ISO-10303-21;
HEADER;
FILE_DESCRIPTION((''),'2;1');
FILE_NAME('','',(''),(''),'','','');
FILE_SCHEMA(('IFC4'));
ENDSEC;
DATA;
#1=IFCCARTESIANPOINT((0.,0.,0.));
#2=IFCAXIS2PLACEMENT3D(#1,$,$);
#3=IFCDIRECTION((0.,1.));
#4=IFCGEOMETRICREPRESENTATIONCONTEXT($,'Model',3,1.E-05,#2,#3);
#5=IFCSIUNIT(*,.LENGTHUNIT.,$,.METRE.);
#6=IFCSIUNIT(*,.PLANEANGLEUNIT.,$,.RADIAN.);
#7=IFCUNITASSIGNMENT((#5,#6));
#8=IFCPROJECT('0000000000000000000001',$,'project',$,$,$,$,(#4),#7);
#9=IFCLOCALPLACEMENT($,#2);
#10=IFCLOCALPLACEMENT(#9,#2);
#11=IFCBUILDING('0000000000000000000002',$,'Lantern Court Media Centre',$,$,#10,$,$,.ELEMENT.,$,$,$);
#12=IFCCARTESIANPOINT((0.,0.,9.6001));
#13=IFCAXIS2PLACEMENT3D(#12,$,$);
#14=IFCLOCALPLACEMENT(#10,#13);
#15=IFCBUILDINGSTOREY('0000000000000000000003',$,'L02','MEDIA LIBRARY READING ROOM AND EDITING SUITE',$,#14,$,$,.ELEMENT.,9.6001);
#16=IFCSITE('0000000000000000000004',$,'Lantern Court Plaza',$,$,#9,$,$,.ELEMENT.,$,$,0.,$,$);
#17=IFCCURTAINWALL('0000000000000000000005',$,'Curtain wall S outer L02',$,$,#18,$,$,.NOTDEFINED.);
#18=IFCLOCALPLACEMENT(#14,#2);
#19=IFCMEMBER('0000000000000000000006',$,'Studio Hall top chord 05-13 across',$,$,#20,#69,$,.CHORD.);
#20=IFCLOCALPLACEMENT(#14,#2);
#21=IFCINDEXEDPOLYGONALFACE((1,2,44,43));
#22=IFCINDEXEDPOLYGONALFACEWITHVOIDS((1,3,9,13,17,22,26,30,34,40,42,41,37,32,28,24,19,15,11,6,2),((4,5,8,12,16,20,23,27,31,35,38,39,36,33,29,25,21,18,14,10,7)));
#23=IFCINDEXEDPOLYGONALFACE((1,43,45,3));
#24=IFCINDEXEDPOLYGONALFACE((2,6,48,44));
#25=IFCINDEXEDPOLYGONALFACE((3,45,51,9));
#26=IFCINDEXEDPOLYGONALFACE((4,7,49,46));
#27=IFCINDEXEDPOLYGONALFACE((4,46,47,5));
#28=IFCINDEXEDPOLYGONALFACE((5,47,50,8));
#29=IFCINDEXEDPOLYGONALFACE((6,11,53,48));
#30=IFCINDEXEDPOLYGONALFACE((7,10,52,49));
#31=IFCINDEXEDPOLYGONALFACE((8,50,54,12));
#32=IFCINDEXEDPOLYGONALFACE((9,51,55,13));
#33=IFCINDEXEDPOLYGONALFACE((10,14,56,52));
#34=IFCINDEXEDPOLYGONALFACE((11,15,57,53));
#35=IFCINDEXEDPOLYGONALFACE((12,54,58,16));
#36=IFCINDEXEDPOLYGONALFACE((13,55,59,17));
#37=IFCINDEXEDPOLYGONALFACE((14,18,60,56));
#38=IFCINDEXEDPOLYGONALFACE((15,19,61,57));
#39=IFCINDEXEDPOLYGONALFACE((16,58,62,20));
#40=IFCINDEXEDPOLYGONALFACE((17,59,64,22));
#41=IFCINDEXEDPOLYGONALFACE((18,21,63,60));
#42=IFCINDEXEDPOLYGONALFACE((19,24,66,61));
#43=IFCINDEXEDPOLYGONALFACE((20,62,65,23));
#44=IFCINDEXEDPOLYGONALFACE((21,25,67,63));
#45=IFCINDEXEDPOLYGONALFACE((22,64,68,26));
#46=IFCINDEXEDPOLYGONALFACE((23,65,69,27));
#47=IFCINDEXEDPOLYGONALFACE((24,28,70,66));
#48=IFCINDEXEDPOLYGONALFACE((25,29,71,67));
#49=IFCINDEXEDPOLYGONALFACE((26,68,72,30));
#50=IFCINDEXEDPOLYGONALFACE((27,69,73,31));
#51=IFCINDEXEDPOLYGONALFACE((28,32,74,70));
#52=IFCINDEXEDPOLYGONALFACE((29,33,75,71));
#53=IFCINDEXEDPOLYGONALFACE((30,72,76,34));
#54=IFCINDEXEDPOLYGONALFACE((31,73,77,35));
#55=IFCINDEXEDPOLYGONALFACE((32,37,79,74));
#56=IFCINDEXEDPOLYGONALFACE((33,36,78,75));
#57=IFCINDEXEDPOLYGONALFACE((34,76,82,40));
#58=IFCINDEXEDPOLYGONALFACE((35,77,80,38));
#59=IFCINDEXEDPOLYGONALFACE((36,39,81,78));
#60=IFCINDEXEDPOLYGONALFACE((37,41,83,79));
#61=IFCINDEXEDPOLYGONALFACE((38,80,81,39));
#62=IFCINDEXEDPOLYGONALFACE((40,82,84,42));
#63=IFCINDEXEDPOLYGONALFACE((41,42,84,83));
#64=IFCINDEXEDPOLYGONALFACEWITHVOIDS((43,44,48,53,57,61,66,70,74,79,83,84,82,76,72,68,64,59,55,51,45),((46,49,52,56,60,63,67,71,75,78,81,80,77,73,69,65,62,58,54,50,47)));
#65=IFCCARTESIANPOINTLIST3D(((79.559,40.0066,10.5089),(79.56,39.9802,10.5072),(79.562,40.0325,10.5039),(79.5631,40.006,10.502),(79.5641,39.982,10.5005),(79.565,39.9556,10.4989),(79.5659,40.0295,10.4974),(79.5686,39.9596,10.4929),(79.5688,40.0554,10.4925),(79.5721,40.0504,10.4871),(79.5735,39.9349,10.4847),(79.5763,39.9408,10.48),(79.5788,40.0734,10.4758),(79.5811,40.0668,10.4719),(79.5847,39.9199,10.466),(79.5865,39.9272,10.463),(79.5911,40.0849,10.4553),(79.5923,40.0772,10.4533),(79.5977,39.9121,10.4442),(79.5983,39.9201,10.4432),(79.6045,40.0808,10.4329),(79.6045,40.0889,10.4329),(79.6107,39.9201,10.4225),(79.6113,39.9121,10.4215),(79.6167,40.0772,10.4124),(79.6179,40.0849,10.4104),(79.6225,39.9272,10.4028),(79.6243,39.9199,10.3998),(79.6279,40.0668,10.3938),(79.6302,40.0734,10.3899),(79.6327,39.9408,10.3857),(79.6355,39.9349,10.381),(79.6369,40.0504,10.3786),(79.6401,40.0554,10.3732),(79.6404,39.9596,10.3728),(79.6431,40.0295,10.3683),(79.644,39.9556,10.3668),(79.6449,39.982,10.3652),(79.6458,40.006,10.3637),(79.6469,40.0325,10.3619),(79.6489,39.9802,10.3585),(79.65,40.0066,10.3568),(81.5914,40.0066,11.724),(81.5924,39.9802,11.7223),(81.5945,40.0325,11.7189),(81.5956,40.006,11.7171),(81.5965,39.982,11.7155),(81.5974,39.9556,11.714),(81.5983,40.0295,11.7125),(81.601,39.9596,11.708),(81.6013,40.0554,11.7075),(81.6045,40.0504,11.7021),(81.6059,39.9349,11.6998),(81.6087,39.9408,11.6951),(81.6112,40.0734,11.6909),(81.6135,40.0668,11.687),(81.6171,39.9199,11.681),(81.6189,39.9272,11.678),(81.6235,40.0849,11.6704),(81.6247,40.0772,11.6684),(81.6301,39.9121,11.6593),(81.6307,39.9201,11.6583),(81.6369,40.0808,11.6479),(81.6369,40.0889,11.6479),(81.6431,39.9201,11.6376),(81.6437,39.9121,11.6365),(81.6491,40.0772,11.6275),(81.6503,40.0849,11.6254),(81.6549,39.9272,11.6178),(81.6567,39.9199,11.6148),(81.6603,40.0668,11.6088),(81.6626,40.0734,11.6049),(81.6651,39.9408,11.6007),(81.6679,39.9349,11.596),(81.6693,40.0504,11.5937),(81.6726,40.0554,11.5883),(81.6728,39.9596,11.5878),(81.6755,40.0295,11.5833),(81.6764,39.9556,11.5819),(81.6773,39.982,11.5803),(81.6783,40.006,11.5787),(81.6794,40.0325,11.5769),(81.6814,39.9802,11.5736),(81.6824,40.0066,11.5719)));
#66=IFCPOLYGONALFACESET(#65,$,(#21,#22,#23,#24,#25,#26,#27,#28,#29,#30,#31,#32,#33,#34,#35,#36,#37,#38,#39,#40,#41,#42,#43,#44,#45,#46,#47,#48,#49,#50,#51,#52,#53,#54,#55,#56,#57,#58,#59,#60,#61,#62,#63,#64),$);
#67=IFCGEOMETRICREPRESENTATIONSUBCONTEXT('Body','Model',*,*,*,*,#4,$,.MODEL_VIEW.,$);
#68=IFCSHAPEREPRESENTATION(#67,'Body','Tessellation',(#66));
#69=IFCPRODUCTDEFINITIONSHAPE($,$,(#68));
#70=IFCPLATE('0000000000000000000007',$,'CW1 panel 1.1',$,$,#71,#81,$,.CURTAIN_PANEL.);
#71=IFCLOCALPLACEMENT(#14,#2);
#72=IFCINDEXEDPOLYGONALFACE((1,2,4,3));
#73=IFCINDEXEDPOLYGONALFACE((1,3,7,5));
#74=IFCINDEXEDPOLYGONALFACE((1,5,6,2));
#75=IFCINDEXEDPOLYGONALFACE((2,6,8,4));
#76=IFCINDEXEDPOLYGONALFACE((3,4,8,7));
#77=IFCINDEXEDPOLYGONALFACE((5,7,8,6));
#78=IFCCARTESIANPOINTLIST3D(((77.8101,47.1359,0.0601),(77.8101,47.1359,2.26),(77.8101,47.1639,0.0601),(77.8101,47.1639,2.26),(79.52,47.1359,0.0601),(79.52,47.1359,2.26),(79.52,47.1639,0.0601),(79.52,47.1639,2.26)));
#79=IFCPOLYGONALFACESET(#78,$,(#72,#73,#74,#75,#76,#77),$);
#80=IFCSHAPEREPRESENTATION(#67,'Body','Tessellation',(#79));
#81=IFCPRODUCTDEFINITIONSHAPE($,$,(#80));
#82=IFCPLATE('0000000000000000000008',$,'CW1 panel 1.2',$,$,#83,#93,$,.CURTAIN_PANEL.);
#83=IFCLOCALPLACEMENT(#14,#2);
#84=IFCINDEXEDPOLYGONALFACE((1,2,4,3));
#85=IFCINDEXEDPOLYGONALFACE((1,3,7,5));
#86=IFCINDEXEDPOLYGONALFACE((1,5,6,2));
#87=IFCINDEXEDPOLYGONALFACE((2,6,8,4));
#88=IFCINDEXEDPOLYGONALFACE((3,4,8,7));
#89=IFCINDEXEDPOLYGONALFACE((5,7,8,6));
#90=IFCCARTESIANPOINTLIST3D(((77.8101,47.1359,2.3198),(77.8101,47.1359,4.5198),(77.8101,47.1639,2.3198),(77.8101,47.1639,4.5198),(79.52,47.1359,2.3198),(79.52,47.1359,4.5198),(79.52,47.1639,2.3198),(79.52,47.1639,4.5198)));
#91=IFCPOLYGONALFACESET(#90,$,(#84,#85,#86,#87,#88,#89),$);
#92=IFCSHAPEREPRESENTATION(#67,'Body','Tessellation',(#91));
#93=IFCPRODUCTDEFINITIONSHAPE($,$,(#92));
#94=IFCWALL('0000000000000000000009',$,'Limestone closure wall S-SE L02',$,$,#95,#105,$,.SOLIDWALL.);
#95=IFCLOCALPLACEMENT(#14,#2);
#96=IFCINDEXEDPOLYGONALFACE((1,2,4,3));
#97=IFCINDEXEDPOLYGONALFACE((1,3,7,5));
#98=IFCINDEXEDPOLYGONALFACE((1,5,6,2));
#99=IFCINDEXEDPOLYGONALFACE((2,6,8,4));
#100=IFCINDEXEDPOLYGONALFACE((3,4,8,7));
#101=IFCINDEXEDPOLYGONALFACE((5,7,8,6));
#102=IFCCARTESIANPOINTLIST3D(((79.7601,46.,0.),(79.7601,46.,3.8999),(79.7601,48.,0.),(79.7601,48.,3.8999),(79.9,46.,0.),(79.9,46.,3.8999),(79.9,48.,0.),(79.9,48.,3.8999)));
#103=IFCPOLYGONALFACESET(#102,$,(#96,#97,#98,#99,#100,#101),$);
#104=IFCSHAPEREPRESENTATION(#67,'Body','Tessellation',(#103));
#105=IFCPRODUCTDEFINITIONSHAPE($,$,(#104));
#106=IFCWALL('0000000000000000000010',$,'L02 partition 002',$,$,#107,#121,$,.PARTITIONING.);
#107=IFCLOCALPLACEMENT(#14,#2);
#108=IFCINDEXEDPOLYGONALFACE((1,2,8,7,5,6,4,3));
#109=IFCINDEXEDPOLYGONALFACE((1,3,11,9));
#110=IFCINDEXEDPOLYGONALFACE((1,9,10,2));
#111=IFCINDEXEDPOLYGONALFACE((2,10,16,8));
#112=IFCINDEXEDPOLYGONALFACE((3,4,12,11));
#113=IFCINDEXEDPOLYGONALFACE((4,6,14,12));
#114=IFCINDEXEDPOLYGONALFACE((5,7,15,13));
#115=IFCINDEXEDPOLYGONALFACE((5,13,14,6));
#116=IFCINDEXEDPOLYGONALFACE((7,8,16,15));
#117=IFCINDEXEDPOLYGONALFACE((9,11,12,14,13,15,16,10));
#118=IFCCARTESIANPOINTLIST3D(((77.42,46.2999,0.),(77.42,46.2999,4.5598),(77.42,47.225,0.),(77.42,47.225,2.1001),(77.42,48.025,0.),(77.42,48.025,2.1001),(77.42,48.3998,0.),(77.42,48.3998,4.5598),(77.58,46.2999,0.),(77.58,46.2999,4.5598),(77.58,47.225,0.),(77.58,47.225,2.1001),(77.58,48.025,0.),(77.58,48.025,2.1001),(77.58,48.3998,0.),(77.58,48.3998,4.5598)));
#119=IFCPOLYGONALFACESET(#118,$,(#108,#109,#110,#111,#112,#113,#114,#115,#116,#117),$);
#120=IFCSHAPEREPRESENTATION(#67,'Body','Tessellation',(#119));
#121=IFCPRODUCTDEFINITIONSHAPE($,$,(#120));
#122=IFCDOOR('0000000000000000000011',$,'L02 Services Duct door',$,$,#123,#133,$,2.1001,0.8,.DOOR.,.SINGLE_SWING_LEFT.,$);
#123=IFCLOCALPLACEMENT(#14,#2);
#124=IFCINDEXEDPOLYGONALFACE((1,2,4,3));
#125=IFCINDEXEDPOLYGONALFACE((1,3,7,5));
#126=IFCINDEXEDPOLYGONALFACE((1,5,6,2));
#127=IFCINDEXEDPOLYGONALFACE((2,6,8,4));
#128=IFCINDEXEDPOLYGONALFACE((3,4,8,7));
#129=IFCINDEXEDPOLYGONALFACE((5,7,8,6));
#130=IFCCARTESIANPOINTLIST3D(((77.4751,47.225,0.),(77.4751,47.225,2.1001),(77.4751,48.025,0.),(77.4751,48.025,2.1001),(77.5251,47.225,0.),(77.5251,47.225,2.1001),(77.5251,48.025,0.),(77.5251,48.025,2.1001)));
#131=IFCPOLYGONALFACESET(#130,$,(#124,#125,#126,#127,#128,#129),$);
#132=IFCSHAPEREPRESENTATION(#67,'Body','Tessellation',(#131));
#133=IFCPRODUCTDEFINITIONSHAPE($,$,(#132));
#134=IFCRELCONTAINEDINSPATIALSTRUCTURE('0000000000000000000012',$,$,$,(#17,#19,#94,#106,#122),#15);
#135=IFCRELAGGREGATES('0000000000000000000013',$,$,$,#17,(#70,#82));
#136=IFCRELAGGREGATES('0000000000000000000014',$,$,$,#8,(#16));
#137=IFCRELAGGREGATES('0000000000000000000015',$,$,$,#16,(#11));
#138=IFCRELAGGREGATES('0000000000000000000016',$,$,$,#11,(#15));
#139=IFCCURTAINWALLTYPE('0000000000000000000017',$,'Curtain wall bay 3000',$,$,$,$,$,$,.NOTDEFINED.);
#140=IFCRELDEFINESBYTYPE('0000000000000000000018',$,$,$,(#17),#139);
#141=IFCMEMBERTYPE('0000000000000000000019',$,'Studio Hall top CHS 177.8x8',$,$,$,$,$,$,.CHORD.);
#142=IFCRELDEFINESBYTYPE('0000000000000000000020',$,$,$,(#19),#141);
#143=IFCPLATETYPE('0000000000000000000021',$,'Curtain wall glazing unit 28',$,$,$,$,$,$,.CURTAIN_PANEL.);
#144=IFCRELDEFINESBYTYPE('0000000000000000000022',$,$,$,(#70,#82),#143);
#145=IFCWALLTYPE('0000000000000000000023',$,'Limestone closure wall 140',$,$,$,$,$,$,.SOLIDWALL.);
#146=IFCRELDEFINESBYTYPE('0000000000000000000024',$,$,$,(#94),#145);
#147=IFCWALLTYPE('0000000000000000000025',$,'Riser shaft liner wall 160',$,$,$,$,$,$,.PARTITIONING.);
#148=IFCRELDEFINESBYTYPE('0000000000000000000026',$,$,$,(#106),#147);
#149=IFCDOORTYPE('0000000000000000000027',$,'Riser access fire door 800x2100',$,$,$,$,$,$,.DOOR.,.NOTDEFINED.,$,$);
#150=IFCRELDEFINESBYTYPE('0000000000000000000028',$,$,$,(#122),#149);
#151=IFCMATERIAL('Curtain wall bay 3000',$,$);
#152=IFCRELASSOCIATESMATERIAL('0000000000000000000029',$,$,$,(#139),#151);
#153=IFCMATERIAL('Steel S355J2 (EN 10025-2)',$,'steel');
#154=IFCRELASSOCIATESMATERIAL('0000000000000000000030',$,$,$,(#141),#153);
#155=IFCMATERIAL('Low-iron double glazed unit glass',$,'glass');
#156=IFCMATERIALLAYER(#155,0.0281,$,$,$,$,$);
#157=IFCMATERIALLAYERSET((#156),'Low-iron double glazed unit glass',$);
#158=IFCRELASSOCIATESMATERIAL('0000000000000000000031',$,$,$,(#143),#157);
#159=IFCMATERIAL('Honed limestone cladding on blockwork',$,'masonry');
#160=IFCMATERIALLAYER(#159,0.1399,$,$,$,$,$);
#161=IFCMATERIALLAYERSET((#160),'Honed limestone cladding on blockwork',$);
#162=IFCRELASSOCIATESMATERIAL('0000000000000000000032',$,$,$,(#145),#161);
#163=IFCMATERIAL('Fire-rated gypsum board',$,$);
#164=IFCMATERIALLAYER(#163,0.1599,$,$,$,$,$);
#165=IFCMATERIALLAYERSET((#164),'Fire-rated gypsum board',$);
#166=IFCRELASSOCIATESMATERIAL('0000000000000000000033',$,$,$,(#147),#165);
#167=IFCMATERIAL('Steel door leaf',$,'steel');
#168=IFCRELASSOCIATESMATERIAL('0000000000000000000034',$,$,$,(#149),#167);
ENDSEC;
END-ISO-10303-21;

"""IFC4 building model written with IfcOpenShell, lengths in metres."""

from ifc_helpers import new_model, si_unit, direction, frame, frame_2d, origin, origin_2d, place, context, subcontext, project, spatial, rectangle, hollow_circle, extrude, material, layer, layer_set, material_profile, profile_set, type_object, element, fill, aggregate, save


model = new_model("IFC4")

# Units and contexts
model_context = context("Model", 3, precision=1e-05, world=origin(), true_north=direction((0.0, 1.0)))
body_context = subcontext(model_context, "Body", "Model", "MODEL_VIEW")
ifc_project = project(units=[si_unit("LENGTHUNIT", "METRE"), si_unit("PLANEANGLEUNIT", "RADIAN")], contexts=[model_context])

# Site, building, storey
site_placement = place(None, origin())
site = spatial("IfcSite", under=ifc_project, at=site_placement, Name="Lantern Court Plaza", CompositionType="ELEMENT", RefElevation=0.0)
building_placement = place(site_placement, origin())
building = spatial("IfcBuilding", under=site, at=building_placement, Name="Lantern Court Media Centre", CompositionType="ELEMENT")
storey_placement = place(building_placement, frame((0.0, 0.0, 9.6001)))
storey = spatial("IfcBuildingStorey", under=building, at=storey_placement, Name="L02", Description="MEDIA LIBRARY READING ROOM AND EDITING SUITE", CompositionType="ELEMENT", Elevation=9.6001)

# Curtain wall
ifc_material_1 = material(Name="Curtain wall bay 3000")
curtain_wall_type = type_object("IfcCurtainWallType", Name="Curtain wall bay 3000", PredefinedType="NOTDEFINED", material=ifc_material_1)
curtain_wall_placement = place(storey_placement, origin())
curtain_wall = element("IfcCurtainWall", 1, at=curtain_wall_placement, inside=storey, type_object=curtain_wall_type, Name="Curtain wall S outer L02", PredefinedType="NOTDEFINED")

# Member
ifc_material_2 = material(Name="Steel S355J2 (EN 10025-2)", Category="steel")
ifc_material_profile_1 = material_profile(ifc_material_2, hollow_circle(Radius=0.0889, WallThickness=0.0081, at=origin_2d()), Name="Studio Hall top CHS 177.8x8")
ifc_profile_set_1 = profile_set([ifc_material_profile_1], Name="Steel S355J2 (EN 10025-2)")
member_type_1 = type_object("IfcMemberType", Name="Studio Hall top CHS 177.8x8", PredefinedType="CHORD", material=ifc_profile_set_1)
member_1_placement = place(storey_placement, frame((79.6045, 40.0, 10.4329), z_axis=(0.858311, 0.0, 0.513131), x_axis=(0.0, 1.0, 0.0)))
element("IfcMember", 2, at=member_1_placement, inside=storey, type_object=member_type_1, Name="Studio Hall top chord 05-13 across", PredefinedType="CHORD", context=body_context, shape_type="SweptSolid", body=[
    extrude(hollow_circle(Radius=0.0889, WallThickness=0.0081, at=origin_2d()), origin(), (0.0, 0.0, 1.0), 2.3679),
])

# Plates
ifc_material_3 = material(Name="Low-iron double glazed unit glass", Category="glass")
ifc_layer_1 = layer(ifc_material_3, 0.0281)
ifc_layer_set_1 = layer_set([ifc_layer_1], Name="Low-iron double glazed unit glass")
plate_type = type_object("IfcPlateType", Name="Curtain wall glazing unit 28", PredefinedType="CURTAIN_PANEL", material=ifc_layer_set_1)
plate_1_placement = place(storey_placement, frame((78.665, 47.1499, 0.0601), z_axis=(0.0, 0.0, 1.0), x_axis=(1.0, 0.0, 0.0)))
plate_1 = element("IfcPlate", 3, at=plate_1_placement, type_object=plate_type, Name="CW1 panel 1.1", PredefinedType="CURTAIN_PANEL", context=body_context, shape_type="SweptSolid", body=[
    extrude(rectangle(XDim=1.71, YDim=0.0281, at=origin_2d()), origin(), (0.0, 0.0, 1.0), 2.2),
])
plate_2_placement = place(storey_placement, frame((78.665, 47.1499, 2.3198), z_axis=(0.0, 0.0, 1.0), x_axis=(1.0, 0.0, 0.0)))
plate_2 = element("IfcPlate", 4, at=plate_2_placement, type_object=plate_type, Name="CW1 panel 1.2", PredefinedType="CURTAIN_PANEL", context=body_context, shape_type="SweptSolid", body=[
    extrude(rectangle(XDim=1.71, YDim=0.0281, at=origin_2d()), origin(), (0.0, 0.0, 1.0), 2.2),
])
aggregate(curtain_wall, [plate_1, plate_2])

# Wall
ifc_material_4 = material(Name="Honed limestone cladding on blockwork", Category="masonry")
ifc_layer_2 = layer(ifc_material_4, 0.1399)
ifc_layer_set_2 = layer_set([ifc_layer_2], Name="Honed limestone cladding on blockwork")
wall_type_1 = type_object("IfcWallType", Name="Limestone closure wall 140", PredefinedType="SOLIDWALL", material=ifc_layer_set_2)
wall_1_placement = place(storey_placement, frame((79.8301, 46.0, 0.0), z_axis=(0.0, 0.0, 1.0), x_axis=(0.0, 1.0, 0.0)))
element("IfcWall", 5, at=wall_1_placement, inside=storey, type_object=wall_type_1, Name="Limestone closure wall S-SE L02", PredefinedType="SOLIDWALL", context=body_context, shape_type="SweptSolid", body=[
    extrude(rectangle(XDim=2.0, YDim=0.1399, at=frame_2d((1.0, 0.0))), origin(), (0.0, 0.0, 1.0), 3.8999),
])

# Wall, opening, door
ifc_material_5 = material(Name="Fire-rated gypsum board")
ifc_layer_3 = layer(ifc_material_5, 0.1599)
ifc_layer_set_3 = layer_set([ifc_layer_3], Name="Fire-rated gypsum board")
wall_type_2 = type_object("IfcWallType", Name="Riser shaft liner wall 160", PredefinedType="PARTITIONING", material=ifc_layer_set_3)
wall_2_placement = place(storey_placement, frame((77.5, 46.3, 0.0), z_axis=(0.0, 0.0, 1.0), x_axis=(0.0, 1.0, 0.0)))
wall_2 = element("IfcWall", 6, at=wall_2_placement, inside=storey, type_object=wall_type_2, Name="L02 partition 002", PredefinedType="PARTITIONING", context=body_context, shape_type="SweptSolid", body=[
    extrude(rectangle(XDim=2.0999, YDim=0.1599, at=frame_2d((1.0498, 0.0))), origin(), (0.0, 0.0, 1.0), 4.5598),
])
opening_placement = place(wall_2_placement, frame((0.925, 0.0, 0.0)))
opening = element("IfcOpeningElement", 7, at=opening_placement, cuts=wall_2, PredefinedType="OPENING", context=body_context, shape_type="SweptSolid", body=[
    extrude(rectangle(XDim=0.8, YDim=2.1001, at=frame_2d((0.3999, 1.05))), frame((0.0, 0.0898, 0.0), z_axis=(0.0, -1.0, 0.0), x_axis=(1.0, 0.0, 0.0)), (0.0, 0.0, 1.0), 0.1799),
])
ifc_material_6 = material(Name="Steel door leaf", Category="steel")
door_type = type_object("IfcDoorType", Name="Riser access fire door 800x2100", OperationType="NOTDEFINED", PredefinedType="DOOR", material=ifc_material_6)
door_placement = place(opening_placement, origin())
door = element("IfcDoor", 8, at=door_placement, inside=storey, type_object=door_type, Name="L02 Services Duct door", OperationType="SINGLE_SWING_LEFT", OverallHeight=2.1001, OverallWidth=0.8, PredefinedType="DOOR", context=body_context, shape_type="SweptSolid", body=[
    extrude(rectangle(XDim=0.8, YDim=2.1001, at=frame_2d((0.3999, 1.05))), frame((0.0, 0.0249, 0.0), z_axis=(0.0, -1.0, 0.0), x_axis=(1.0, 0.0, 0.0)), (0.0, 0.0, 1.0), 0.05),
])
fill(opening, door)

save(model, "model.ifc")
